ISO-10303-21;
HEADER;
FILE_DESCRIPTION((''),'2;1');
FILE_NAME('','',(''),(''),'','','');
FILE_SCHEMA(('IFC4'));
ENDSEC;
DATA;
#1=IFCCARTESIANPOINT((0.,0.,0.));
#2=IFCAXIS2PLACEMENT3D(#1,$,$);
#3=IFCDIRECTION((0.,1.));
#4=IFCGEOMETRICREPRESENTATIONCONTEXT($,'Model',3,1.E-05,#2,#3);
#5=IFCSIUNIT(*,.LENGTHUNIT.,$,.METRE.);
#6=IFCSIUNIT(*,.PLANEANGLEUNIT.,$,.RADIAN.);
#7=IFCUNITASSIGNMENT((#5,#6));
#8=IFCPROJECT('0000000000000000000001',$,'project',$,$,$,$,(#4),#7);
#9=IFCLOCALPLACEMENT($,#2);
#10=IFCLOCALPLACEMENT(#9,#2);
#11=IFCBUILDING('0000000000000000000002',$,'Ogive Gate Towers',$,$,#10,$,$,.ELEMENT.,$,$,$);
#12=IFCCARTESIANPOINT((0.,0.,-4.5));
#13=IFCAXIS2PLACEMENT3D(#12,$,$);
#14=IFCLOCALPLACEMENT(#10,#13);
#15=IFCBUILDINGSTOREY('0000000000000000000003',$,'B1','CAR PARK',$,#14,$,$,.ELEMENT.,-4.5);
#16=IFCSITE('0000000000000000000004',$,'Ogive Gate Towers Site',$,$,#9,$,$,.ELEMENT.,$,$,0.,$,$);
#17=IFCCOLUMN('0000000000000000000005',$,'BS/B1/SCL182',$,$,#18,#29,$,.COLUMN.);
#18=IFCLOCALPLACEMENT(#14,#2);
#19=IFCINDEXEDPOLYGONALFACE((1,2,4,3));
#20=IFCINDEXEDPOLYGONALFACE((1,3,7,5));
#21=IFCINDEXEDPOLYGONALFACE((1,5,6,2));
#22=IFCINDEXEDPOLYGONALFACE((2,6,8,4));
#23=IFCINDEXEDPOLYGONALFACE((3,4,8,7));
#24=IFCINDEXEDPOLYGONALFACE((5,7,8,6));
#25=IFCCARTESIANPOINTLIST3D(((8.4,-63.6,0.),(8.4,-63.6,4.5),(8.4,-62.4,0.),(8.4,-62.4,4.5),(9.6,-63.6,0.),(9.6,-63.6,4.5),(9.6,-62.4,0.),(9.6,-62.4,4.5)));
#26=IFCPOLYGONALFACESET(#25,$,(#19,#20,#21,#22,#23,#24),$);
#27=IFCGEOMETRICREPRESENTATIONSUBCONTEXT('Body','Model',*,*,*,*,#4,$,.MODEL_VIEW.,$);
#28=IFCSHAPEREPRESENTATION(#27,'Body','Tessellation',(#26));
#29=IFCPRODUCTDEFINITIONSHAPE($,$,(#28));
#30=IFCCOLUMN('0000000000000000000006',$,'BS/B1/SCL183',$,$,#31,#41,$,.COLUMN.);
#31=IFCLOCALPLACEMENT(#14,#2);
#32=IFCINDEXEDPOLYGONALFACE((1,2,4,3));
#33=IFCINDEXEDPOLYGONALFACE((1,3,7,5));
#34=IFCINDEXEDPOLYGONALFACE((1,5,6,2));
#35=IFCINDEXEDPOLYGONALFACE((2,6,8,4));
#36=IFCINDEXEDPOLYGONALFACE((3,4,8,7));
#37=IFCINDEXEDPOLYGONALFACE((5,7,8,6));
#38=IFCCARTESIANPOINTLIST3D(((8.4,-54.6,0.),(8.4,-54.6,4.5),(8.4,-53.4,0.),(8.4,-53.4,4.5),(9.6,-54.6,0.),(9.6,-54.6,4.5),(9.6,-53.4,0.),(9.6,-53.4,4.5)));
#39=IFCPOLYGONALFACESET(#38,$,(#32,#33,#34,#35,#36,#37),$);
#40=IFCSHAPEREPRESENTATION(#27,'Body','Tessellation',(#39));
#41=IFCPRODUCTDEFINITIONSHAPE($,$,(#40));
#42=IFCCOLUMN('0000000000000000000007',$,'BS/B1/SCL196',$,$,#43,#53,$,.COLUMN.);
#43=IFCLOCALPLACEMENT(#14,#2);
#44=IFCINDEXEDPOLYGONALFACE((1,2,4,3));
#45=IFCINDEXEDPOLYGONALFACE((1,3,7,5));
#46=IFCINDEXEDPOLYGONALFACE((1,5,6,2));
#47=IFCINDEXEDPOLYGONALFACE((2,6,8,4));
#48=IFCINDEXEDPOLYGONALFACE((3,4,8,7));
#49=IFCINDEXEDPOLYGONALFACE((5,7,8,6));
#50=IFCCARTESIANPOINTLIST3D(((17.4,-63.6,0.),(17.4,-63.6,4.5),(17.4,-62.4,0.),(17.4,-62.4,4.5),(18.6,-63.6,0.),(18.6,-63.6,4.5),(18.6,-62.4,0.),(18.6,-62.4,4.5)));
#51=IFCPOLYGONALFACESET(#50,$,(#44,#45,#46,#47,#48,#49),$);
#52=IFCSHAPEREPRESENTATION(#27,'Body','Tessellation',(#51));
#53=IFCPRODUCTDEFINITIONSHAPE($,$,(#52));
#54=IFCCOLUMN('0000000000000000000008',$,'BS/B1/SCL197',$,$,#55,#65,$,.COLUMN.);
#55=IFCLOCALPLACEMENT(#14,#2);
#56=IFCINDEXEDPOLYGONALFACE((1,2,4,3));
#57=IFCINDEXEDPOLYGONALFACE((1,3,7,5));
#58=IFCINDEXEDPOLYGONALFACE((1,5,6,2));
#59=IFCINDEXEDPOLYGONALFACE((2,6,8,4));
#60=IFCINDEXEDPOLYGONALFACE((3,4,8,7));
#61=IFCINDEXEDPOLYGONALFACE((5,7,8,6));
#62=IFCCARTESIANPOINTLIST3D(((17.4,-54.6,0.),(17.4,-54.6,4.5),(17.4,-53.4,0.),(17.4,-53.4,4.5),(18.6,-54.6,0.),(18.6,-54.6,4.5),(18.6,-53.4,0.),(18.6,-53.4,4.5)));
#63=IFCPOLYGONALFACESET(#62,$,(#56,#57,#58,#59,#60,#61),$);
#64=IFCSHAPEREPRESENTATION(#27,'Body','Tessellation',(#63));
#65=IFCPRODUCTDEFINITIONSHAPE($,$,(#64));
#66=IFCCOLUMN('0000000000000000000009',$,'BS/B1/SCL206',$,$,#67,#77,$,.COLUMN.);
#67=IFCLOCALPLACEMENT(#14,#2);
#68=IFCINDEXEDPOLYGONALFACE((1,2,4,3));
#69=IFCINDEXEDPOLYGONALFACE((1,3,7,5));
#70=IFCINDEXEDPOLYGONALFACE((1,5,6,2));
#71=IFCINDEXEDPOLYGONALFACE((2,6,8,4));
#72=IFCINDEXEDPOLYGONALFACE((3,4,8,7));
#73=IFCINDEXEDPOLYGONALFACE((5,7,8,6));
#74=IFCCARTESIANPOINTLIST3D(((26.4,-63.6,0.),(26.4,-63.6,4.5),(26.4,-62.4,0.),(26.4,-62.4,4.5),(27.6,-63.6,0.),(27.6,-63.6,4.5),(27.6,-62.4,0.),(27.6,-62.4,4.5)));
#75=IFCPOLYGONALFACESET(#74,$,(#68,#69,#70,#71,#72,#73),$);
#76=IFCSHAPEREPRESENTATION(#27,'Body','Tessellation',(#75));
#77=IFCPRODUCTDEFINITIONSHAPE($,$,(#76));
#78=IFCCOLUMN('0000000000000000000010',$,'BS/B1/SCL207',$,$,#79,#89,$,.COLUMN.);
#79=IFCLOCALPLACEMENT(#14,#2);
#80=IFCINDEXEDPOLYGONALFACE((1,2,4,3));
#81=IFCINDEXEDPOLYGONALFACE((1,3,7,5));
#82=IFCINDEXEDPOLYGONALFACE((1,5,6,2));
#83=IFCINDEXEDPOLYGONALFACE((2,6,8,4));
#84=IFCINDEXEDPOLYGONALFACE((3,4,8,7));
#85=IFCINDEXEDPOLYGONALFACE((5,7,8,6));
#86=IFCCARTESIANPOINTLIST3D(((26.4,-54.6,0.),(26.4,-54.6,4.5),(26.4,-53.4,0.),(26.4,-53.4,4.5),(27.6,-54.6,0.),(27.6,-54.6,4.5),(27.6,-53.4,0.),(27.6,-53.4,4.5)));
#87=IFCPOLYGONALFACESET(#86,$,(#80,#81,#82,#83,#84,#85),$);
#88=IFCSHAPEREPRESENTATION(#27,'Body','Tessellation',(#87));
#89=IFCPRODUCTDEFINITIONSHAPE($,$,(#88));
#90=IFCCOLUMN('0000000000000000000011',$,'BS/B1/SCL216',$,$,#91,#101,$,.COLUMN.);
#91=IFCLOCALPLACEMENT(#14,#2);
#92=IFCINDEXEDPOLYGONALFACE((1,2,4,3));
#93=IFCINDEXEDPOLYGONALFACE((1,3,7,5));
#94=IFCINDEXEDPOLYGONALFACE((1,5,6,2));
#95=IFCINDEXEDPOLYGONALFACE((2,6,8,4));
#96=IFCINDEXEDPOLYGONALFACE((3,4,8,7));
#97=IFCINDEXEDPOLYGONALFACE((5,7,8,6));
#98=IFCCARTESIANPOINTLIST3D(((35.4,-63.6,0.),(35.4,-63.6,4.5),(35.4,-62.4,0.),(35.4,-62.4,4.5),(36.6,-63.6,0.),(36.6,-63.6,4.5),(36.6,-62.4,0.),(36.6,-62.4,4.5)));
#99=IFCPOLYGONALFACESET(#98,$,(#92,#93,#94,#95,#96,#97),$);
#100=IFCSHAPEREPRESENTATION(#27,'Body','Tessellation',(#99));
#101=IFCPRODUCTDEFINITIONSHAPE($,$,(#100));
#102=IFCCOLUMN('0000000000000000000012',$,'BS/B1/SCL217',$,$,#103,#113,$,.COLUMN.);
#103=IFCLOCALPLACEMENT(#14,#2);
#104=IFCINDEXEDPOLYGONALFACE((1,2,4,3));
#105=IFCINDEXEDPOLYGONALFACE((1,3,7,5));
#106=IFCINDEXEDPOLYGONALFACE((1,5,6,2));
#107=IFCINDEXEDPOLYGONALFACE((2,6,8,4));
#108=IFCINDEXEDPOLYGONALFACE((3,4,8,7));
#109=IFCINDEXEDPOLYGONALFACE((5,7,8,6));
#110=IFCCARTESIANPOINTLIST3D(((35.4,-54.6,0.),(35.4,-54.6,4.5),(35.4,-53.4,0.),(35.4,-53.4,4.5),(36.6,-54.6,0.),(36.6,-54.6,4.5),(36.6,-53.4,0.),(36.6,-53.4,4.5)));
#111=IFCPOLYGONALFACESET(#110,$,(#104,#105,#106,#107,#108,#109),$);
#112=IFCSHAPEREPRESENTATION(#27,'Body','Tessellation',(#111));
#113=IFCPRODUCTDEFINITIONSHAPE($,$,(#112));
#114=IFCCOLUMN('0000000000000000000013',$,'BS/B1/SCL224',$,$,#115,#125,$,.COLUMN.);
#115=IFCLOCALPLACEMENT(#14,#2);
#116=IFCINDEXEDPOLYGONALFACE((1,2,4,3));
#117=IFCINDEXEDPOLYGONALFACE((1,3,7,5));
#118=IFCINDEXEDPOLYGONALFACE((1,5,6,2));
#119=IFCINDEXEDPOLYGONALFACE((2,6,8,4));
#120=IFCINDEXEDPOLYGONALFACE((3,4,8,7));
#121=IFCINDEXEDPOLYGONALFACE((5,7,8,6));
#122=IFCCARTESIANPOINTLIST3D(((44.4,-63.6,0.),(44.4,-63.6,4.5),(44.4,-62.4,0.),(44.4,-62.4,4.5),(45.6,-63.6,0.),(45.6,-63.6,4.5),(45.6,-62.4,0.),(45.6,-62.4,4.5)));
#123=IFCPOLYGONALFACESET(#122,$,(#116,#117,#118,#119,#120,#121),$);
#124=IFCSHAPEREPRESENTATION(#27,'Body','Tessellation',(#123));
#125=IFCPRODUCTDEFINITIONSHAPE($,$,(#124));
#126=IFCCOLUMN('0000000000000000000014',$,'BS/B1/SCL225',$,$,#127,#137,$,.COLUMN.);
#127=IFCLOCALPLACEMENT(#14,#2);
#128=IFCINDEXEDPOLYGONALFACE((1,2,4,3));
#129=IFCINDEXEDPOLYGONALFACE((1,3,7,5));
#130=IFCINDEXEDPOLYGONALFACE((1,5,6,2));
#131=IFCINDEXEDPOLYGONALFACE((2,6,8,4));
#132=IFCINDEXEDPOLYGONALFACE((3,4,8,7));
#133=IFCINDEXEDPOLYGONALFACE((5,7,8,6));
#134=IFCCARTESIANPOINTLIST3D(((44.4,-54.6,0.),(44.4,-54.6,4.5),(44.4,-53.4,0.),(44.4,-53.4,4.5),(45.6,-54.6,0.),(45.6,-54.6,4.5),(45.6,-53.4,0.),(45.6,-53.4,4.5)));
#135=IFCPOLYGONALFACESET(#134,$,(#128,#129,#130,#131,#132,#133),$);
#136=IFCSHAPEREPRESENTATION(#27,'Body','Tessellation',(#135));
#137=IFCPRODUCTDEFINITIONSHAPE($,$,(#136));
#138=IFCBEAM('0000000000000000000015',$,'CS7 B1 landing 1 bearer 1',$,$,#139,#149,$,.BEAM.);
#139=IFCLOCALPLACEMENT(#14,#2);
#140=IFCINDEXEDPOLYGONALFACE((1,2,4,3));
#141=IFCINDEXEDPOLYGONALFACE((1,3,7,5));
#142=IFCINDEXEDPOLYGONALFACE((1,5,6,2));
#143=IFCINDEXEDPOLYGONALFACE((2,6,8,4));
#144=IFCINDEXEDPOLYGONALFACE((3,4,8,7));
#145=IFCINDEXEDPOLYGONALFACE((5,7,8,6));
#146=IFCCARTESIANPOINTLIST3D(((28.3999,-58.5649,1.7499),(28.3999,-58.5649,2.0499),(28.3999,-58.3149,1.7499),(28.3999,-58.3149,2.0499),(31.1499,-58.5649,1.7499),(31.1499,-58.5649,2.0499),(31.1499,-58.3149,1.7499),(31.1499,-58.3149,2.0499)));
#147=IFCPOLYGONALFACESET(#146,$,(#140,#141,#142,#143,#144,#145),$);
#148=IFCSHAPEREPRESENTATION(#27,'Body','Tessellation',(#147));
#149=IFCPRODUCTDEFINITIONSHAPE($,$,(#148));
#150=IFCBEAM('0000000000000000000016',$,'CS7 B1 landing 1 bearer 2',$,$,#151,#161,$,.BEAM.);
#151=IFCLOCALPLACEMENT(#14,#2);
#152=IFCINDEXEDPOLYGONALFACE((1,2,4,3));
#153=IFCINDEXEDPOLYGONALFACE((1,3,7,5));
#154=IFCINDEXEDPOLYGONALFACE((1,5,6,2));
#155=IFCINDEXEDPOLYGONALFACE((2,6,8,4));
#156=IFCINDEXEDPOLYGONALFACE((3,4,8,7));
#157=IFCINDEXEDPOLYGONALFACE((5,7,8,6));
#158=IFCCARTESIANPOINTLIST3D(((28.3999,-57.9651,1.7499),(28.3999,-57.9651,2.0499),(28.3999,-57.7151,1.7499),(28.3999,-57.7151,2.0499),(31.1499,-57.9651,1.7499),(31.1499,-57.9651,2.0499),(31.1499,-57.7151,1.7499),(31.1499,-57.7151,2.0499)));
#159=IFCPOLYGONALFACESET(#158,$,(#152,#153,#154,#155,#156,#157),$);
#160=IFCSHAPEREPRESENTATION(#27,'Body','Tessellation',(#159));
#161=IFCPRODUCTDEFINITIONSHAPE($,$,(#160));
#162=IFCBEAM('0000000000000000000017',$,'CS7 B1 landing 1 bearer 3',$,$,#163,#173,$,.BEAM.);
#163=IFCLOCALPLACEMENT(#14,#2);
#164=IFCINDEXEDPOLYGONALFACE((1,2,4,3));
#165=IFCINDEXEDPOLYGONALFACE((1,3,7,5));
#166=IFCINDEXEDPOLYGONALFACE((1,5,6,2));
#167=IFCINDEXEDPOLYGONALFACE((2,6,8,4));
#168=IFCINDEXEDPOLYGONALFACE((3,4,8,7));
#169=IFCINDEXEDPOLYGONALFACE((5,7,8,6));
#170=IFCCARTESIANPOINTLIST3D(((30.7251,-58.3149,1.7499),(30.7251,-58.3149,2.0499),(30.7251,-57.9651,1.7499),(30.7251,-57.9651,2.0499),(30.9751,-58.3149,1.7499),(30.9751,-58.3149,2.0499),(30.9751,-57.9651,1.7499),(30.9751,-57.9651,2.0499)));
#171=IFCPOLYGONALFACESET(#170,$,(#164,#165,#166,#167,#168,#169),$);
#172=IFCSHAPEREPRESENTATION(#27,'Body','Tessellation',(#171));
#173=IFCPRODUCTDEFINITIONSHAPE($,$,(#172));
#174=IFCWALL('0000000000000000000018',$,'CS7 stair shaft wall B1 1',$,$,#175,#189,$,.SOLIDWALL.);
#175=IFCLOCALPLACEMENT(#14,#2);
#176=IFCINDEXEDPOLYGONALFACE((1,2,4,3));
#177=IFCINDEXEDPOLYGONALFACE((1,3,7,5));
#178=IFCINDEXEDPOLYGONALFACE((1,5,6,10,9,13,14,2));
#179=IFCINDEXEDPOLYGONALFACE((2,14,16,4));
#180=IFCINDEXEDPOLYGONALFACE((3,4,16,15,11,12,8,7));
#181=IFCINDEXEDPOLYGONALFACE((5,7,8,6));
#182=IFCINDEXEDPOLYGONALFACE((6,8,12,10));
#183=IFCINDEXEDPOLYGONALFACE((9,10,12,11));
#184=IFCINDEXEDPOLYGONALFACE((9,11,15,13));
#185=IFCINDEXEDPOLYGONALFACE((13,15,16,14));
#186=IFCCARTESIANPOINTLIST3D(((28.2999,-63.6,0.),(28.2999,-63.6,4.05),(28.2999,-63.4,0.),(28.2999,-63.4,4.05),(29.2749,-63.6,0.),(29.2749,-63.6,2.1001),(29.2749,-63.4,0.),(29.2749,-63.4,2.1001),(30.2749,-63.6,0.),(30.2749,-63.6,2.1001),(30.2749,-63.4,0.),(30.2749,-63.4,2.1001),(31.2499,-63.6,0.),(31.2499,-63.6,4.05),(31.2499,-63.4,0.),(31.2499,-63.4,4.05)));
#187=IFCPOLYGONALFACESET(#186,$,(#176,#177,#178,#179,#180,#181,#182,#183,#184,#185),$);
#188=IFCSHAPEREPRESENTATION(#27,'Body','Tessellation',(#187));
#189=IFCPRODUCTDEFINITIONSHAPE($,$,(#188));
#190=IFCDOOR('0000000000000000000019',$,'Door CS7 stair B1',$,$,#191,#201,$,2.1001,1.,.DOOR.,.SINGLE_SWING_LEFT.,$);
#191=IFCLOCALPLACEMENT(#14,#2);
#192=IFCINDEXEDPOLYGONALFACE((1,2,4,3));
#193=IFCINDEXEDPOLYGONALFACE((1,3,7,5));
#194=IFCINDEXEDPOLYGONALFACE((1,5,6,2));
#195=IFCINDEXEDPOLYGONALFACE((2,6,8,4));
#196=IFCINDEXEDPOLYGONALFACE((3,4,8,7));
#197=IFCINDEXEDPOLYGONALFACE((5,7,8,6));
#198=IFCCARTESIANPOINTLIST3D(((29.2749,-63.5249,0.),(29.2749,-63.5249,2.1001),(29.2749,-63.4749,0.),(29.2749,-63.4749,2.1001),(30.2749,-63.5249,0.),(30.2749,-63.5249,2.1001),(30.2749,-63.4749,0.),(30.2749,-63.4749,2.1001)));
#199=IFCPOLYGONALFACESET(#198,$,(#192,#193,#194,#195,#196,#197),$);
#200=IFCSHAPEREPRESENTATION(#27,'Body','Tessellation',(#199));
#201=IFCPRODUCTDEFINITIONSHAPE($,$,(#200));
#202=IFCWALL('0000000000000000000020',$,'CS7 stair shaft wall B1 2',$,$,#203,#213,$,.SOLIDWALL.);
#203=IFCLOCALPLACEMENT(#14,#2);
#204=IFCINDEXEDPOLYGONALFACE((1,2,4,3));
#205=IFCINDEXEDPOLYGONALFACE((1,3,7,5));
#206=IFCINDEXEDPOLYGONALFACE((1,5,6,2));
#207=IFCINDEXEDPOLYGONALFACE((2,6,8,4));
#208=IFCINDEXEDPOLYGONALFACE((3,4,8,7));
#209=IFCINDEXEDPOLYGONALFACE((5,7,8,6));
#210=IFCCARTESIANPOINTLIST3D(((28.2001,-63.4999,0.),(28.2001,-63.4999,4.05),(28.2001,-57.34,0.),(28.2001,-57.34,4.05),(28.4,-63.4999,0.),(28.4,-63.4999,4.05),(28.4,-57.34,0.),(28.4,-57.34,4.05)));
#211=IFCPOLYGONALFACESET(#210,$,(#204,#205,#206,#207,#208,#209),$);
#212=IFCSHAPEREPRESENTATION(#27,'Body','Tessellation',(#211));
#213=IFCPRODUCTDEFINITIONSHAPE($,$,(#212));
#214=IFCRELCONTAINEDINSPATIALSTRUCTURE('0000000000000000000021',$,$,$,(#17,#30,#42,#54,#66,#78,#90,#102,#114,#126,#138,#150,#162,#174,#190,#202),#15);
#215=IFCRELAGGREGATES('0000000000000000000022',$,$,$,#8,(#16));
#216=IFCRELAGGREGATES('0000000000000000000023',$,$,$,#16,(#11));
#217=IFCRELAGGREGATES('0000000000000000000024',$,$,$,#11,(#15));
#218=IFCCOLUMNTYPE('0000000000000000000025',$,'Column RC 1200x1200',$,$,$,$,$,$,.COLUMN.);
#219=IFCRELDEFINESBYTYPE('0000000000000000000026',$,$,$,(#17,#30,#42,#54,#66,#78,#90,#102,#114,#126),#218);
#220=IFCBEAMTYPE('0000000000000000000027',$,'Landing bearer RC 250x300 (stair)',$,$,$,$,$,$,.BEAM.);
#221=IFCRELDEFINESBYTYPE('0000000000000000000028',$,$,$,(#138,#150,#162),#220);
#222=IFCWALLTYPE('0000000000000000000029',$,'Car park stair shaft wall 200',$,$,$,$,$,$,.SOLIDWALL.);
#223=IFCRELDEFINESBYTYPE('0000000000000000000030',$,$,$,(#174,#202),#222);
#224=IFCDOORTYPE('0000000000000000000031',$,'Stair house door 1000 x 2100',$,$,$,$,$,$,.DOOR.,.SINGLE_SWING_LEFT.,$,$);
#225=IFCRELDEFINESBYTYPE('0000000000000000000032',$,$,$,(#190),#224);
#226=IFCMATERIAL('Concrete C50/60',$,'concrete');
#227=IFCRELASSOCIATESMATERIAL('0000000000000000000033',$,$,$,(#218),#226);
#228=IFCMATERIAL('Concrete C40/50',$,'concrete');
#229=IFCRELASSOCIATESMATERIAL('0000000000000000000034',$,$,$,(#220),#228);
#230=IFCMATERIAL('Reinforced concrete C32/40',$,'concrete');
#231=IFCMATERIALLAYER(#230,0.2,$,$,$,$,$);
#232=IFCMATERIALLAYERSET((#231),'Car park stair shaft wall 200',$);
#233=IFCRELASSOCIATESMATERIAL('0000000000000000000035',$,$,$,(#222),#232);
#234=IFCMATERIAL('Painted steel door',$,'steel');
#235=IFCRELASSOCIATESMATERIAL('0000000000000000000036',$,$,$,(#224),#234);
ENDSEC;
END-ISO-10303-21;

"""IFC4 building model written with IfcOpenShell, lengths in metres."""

from ifc_helpers import new_model, si_unit, direction, frame, frame_2d, origin, origin_2d, place, context, subcontext, project, spatial, rectangle, extrude, material, layer, layer_set, material_profile, profile_set, type_object, element, fill, save


model = new_model("IFC4")

# Units and contexts
model_context = context("Model", 3, precision=1e-05, world=origin(), true_north=direction((0.0, 1.0)))
body_context = subcontext(model_context, "Body", "Model", "MODEL_VIEW")
ifc_project = project(units=[si_unit("LENGTHUNIT", "METRE"), si_unit("PLANEANGLEUNIT", "RADIAN")], contexts=[model_context])

# Site, building, storey
site_placement = place(None, origin())
site = spatial("IfcSite", under=ifc_project, at=site_placement, Name="Ogive Gate Towers Site", CompositionType="ELEMENT", RefElevation=0.0)
building_placement = place(site_placement, origin())
building = spatial("IfcBuilding", under=site, at=building_placement, Name="Ogive Gate Towers", CompositionType="ELEMENT")
storey_placement = place(building_placement, frame((0.0, 0.0, -4.5)))
storey = spatial("IfcBuildingStorey", under=building, at=storey_placement, Name="B1", Description="CAR PARK", CompositionType="ELEMENT", Elevation=-4.5)

# Columns
ifc_material_1 = material(Name="Concrete C50/60", Category="concrete")
ifc_material_profile_1 = material_profile(ifc_material_1, rectangle(XDim=1.2, YDim=1.2, at=origin_2d()), Name="RC 1200x1200")
ifc_profile_set_1 = profile_set([ifc_material_profile_1], Name="Concrete C50/60")
column_type = type_object("IfcColumnType", Name="Column RC 1200x1200", PredefinedType="COLUMN", material=ifc_profile_set_1)
for number, where, z_axis, x_axis, name in (
    (1, (9.0, -63.0, 0.0), (0.0, 0.0, 1.0), (1.0, 0.0, 0.0), "BS/B1/SCL182"),
    (2, (9.0, -54.0, 0.0), (0.0, 0.0, 1.0), (1.0, 0.0, 0.0), "BS/B1/SCL183"),
    (3, (18.0, -63.0, 0.0), (0.0, 0.0, 1.0), (1.0, 0.0, 0.0), "BS/B1/SCL196"),
    (4, (18.0, -54.0, 0.0), (0.0, 0.0, 1.0), (1.0, 0.0, 0.0), "BS/B1/SCL197"),
    (5, (27.0, -63.0, 0.0), (0.0, 0.0, 1.0), (1.0, 0.0, 0.0), "BS/B1/SCL206"),
    (6, (27.0, -54.0, 0.0), (0.0, 0.0, 1.0), (1.0, 0.0, 0.0), "BS/B1/SCL207"),
    (7, (36.0, -63.0, 0.0), (0.0, 0.0, 1.0), (1.0, 0.0, 0.0), "BS/B1/SCL216"),
    (8, (36.0, -54.0, 0.0), (0.0, 0.0, 1.0), (1.0, 0.0, 0.0), "BS/B1/SCL217"),
    (9, (45.0, -63.0, 0.0), (0.0, 0.0, 1.0), (1.0, 0.0, 0.0), "BS/B1/SCL224"),
    (10, (45.0, -54.0, 0.0), (0.0, 0.0, 1.0), (1.0, 0.0, 0.0), "BS/B1/SCL225"),
):
    element("IfcColumn", number, at=place(storey_placement, frame(where, z_axis=z_axis, x_axis=x_axis)), inside=storey, type_object=column_type, Name=name, PredefinedType="COLUMN", context=body_context, shape_type="SweptSolid", body=[
        extrude(rectangle(XDim=1.2, YDim=1.2, at=origin_2d()), origin(), (0.0, 0.0, 1.0), 4.5),
    ])

# Beams
ifc_material_2 = material(Name="Concrete C40/50", Category="concrete")
ifc_material_profile_2 = material_profile(ifc_material_2, rectangle(XDim=0.25, YDim=0.3, at=origin_2d()), Name="RC 250x300")
ifc_profile_set_2 = profile_set([ifc_material_profile_2], Name="Concrete C40/50")
beam_type = type_object("IfcBeamType", Name="Landing bearer RC 250x300 (stair)", PredefinedType="BEAM", material=ifc_profile_set_2)
for number, where, z_axis, x_axis, name in (
    (11, (31.1499, -58.4399, 1.8999), (-1.0, 0.0, 0.0), (0.0, -1.0, 0.0), "CS7 B1 landing 1 bearer 1"),
    (12, (31.1499, -57.8401, 1.8999), (-1.0, 0.0, 0.0), (0.0, -1.0, 0.0), "CS7 B1 landing 1 bearer 2"),
):
    element("IfcBeam", number, at=place(storey_placement, frame(where, z_axis=z_axis, x_axis=x_axis)), inside=storey, type_object=beam_type, Name=name, PredefinedType="BEAM", context=body_context, shape_type="SweptSolid", body=[
        extrude(rectangle(XDim=0.25, YDim=0.3, at=origin_2d()), origin(), (0.0, 0.0, 1.0), 2.75),
    ])
beam_placement = place(storey_placement, frame((30.8501, -58.3149, 1.8999), z_axis=(0.0, 1.0, 0.0), x_axis=(-1.0, 0.0, 0.0)))
element("IfcBeam", 13, at=beam_placement, inside=storey, type_object=beam_type, Name="CS7 B1 landing 1 bearer 3", PredefinedType="BEAM", context=body_context, shape_type="SweptSolid", body=[
    extrude(rectangle(XDim=0.25, YDim=0.3, at=origin_2d()), origin(), (0.0, 0.0, 1.0), 0.3499),
])

# Wall, opening, door
ifc_material_3 = material(Name="Reinforced concrete C32/40", Category="concrete")
ifc_layer_1 = layer(ifc_material_3, 0.2)
ifc_layer_set_1 = layer_set([ifc_layer_1], Name="Car park stair shaft wall 200")
wall_type_1 = type_object("IfcWallType", Name="Car park stair shaft wall 200", PredefinedType="SOLIDWALL", material=ifc_layer_set_1)
wall_1_placement = place(storey_placement, frame((31.25, -63.5, 0.0), z_axis=(0.0, 0.0, 1.0), x_axis=(-1.0, 0.0, 0.0)))
wall_1 = element("IfcWall", 14, at=wall_1_placement, inside=storey, type_object=wall_type_1, Name="CS7 stair shaft wall B1 1", PredefinedType="SOLIDWALL", context=body_context, shape_type="SweptSolid", body=[
    extrude(rectangle(XDim=2.95, YDim=0.2, at=frame_2d((1.4751, 0.0))), origin(), (0.0, 0.0, 1.0), 4.05),
])
opening_placement = place(wall_1_placement, frame((0.9751, 0.0, 0.0)))
opening = element("IfcOpeningElement", 15, at=opening_placement, cuts=wall_1, PredefinedType="OPENING", context=body_context, shape_type="SweptSolid", body=[
    extrude(rectangle(XDim=1.0, YDim=2.1001, at=frame_2d((0.5, 1.05))), frame((0.0, 0.1099, 0.0), z_axis=(0.0, -1.0, 0.0), x_axis=(1.0, 0.0, 0.0)), (0.0, 0.0, 1.0), 0.22),
])
ifc_material_4 = material(Name="Painted steel door", Category="steel")
door_type = type_object("IfcDoorType", Name="Stair house door 1000 x 2100", OperationType="SINGLE_SWING_LEFT", PredefinedType="DOOR", material=ifc_material_4)
door_placement = place(opening_placement, origin())
door = element("IfcDoor", 16, at=door_placement, inside=storey, type_object=door_type, Name="Door CS7 stair B1", OperationType="SINGLE_SWING_LEFT", OverallHeight=2.1001, OverallWidth=1.0, PredefinedType="DOOR", context=body_context, shape_type="SweptSolid", body=[
    extrude(rectangle(XDim=1.0, YDim=2.1001, at=frame_2d((0.5, 1.05))), frame((0.0, 0.0249, 0.0), z_axis=(0.0, -1.0, 0.0), x_axis=(1.0, 0.0, 0.0)), (0.0, 0.0, 1.0), 0.05),
])
fill(opening, door)

# Wall
wall_2_placement = place(storey_placement, frame((28.3, -63.5, 0.0), z_axis=(0.0, 0.0, 1.0), x_axis=(0.0, 1.0, 0.0)))
element("IfcWall", 17, at=wall_2_placement, inside=storey, type_object=wall_type_1, Name="CS7 stair shaft wall B1 2", PredefinedType="SOLIDWALL", context=body_context, shape_type="SweptSolid", body=[
    extrude(rectangle(XDim=6.1599, YDim=0.2, at=frame_2d((3.0801, 0.0))), origin(), (0.0, 0.0, 1.0), 4.05),
])

save(model, "model.ifc")
